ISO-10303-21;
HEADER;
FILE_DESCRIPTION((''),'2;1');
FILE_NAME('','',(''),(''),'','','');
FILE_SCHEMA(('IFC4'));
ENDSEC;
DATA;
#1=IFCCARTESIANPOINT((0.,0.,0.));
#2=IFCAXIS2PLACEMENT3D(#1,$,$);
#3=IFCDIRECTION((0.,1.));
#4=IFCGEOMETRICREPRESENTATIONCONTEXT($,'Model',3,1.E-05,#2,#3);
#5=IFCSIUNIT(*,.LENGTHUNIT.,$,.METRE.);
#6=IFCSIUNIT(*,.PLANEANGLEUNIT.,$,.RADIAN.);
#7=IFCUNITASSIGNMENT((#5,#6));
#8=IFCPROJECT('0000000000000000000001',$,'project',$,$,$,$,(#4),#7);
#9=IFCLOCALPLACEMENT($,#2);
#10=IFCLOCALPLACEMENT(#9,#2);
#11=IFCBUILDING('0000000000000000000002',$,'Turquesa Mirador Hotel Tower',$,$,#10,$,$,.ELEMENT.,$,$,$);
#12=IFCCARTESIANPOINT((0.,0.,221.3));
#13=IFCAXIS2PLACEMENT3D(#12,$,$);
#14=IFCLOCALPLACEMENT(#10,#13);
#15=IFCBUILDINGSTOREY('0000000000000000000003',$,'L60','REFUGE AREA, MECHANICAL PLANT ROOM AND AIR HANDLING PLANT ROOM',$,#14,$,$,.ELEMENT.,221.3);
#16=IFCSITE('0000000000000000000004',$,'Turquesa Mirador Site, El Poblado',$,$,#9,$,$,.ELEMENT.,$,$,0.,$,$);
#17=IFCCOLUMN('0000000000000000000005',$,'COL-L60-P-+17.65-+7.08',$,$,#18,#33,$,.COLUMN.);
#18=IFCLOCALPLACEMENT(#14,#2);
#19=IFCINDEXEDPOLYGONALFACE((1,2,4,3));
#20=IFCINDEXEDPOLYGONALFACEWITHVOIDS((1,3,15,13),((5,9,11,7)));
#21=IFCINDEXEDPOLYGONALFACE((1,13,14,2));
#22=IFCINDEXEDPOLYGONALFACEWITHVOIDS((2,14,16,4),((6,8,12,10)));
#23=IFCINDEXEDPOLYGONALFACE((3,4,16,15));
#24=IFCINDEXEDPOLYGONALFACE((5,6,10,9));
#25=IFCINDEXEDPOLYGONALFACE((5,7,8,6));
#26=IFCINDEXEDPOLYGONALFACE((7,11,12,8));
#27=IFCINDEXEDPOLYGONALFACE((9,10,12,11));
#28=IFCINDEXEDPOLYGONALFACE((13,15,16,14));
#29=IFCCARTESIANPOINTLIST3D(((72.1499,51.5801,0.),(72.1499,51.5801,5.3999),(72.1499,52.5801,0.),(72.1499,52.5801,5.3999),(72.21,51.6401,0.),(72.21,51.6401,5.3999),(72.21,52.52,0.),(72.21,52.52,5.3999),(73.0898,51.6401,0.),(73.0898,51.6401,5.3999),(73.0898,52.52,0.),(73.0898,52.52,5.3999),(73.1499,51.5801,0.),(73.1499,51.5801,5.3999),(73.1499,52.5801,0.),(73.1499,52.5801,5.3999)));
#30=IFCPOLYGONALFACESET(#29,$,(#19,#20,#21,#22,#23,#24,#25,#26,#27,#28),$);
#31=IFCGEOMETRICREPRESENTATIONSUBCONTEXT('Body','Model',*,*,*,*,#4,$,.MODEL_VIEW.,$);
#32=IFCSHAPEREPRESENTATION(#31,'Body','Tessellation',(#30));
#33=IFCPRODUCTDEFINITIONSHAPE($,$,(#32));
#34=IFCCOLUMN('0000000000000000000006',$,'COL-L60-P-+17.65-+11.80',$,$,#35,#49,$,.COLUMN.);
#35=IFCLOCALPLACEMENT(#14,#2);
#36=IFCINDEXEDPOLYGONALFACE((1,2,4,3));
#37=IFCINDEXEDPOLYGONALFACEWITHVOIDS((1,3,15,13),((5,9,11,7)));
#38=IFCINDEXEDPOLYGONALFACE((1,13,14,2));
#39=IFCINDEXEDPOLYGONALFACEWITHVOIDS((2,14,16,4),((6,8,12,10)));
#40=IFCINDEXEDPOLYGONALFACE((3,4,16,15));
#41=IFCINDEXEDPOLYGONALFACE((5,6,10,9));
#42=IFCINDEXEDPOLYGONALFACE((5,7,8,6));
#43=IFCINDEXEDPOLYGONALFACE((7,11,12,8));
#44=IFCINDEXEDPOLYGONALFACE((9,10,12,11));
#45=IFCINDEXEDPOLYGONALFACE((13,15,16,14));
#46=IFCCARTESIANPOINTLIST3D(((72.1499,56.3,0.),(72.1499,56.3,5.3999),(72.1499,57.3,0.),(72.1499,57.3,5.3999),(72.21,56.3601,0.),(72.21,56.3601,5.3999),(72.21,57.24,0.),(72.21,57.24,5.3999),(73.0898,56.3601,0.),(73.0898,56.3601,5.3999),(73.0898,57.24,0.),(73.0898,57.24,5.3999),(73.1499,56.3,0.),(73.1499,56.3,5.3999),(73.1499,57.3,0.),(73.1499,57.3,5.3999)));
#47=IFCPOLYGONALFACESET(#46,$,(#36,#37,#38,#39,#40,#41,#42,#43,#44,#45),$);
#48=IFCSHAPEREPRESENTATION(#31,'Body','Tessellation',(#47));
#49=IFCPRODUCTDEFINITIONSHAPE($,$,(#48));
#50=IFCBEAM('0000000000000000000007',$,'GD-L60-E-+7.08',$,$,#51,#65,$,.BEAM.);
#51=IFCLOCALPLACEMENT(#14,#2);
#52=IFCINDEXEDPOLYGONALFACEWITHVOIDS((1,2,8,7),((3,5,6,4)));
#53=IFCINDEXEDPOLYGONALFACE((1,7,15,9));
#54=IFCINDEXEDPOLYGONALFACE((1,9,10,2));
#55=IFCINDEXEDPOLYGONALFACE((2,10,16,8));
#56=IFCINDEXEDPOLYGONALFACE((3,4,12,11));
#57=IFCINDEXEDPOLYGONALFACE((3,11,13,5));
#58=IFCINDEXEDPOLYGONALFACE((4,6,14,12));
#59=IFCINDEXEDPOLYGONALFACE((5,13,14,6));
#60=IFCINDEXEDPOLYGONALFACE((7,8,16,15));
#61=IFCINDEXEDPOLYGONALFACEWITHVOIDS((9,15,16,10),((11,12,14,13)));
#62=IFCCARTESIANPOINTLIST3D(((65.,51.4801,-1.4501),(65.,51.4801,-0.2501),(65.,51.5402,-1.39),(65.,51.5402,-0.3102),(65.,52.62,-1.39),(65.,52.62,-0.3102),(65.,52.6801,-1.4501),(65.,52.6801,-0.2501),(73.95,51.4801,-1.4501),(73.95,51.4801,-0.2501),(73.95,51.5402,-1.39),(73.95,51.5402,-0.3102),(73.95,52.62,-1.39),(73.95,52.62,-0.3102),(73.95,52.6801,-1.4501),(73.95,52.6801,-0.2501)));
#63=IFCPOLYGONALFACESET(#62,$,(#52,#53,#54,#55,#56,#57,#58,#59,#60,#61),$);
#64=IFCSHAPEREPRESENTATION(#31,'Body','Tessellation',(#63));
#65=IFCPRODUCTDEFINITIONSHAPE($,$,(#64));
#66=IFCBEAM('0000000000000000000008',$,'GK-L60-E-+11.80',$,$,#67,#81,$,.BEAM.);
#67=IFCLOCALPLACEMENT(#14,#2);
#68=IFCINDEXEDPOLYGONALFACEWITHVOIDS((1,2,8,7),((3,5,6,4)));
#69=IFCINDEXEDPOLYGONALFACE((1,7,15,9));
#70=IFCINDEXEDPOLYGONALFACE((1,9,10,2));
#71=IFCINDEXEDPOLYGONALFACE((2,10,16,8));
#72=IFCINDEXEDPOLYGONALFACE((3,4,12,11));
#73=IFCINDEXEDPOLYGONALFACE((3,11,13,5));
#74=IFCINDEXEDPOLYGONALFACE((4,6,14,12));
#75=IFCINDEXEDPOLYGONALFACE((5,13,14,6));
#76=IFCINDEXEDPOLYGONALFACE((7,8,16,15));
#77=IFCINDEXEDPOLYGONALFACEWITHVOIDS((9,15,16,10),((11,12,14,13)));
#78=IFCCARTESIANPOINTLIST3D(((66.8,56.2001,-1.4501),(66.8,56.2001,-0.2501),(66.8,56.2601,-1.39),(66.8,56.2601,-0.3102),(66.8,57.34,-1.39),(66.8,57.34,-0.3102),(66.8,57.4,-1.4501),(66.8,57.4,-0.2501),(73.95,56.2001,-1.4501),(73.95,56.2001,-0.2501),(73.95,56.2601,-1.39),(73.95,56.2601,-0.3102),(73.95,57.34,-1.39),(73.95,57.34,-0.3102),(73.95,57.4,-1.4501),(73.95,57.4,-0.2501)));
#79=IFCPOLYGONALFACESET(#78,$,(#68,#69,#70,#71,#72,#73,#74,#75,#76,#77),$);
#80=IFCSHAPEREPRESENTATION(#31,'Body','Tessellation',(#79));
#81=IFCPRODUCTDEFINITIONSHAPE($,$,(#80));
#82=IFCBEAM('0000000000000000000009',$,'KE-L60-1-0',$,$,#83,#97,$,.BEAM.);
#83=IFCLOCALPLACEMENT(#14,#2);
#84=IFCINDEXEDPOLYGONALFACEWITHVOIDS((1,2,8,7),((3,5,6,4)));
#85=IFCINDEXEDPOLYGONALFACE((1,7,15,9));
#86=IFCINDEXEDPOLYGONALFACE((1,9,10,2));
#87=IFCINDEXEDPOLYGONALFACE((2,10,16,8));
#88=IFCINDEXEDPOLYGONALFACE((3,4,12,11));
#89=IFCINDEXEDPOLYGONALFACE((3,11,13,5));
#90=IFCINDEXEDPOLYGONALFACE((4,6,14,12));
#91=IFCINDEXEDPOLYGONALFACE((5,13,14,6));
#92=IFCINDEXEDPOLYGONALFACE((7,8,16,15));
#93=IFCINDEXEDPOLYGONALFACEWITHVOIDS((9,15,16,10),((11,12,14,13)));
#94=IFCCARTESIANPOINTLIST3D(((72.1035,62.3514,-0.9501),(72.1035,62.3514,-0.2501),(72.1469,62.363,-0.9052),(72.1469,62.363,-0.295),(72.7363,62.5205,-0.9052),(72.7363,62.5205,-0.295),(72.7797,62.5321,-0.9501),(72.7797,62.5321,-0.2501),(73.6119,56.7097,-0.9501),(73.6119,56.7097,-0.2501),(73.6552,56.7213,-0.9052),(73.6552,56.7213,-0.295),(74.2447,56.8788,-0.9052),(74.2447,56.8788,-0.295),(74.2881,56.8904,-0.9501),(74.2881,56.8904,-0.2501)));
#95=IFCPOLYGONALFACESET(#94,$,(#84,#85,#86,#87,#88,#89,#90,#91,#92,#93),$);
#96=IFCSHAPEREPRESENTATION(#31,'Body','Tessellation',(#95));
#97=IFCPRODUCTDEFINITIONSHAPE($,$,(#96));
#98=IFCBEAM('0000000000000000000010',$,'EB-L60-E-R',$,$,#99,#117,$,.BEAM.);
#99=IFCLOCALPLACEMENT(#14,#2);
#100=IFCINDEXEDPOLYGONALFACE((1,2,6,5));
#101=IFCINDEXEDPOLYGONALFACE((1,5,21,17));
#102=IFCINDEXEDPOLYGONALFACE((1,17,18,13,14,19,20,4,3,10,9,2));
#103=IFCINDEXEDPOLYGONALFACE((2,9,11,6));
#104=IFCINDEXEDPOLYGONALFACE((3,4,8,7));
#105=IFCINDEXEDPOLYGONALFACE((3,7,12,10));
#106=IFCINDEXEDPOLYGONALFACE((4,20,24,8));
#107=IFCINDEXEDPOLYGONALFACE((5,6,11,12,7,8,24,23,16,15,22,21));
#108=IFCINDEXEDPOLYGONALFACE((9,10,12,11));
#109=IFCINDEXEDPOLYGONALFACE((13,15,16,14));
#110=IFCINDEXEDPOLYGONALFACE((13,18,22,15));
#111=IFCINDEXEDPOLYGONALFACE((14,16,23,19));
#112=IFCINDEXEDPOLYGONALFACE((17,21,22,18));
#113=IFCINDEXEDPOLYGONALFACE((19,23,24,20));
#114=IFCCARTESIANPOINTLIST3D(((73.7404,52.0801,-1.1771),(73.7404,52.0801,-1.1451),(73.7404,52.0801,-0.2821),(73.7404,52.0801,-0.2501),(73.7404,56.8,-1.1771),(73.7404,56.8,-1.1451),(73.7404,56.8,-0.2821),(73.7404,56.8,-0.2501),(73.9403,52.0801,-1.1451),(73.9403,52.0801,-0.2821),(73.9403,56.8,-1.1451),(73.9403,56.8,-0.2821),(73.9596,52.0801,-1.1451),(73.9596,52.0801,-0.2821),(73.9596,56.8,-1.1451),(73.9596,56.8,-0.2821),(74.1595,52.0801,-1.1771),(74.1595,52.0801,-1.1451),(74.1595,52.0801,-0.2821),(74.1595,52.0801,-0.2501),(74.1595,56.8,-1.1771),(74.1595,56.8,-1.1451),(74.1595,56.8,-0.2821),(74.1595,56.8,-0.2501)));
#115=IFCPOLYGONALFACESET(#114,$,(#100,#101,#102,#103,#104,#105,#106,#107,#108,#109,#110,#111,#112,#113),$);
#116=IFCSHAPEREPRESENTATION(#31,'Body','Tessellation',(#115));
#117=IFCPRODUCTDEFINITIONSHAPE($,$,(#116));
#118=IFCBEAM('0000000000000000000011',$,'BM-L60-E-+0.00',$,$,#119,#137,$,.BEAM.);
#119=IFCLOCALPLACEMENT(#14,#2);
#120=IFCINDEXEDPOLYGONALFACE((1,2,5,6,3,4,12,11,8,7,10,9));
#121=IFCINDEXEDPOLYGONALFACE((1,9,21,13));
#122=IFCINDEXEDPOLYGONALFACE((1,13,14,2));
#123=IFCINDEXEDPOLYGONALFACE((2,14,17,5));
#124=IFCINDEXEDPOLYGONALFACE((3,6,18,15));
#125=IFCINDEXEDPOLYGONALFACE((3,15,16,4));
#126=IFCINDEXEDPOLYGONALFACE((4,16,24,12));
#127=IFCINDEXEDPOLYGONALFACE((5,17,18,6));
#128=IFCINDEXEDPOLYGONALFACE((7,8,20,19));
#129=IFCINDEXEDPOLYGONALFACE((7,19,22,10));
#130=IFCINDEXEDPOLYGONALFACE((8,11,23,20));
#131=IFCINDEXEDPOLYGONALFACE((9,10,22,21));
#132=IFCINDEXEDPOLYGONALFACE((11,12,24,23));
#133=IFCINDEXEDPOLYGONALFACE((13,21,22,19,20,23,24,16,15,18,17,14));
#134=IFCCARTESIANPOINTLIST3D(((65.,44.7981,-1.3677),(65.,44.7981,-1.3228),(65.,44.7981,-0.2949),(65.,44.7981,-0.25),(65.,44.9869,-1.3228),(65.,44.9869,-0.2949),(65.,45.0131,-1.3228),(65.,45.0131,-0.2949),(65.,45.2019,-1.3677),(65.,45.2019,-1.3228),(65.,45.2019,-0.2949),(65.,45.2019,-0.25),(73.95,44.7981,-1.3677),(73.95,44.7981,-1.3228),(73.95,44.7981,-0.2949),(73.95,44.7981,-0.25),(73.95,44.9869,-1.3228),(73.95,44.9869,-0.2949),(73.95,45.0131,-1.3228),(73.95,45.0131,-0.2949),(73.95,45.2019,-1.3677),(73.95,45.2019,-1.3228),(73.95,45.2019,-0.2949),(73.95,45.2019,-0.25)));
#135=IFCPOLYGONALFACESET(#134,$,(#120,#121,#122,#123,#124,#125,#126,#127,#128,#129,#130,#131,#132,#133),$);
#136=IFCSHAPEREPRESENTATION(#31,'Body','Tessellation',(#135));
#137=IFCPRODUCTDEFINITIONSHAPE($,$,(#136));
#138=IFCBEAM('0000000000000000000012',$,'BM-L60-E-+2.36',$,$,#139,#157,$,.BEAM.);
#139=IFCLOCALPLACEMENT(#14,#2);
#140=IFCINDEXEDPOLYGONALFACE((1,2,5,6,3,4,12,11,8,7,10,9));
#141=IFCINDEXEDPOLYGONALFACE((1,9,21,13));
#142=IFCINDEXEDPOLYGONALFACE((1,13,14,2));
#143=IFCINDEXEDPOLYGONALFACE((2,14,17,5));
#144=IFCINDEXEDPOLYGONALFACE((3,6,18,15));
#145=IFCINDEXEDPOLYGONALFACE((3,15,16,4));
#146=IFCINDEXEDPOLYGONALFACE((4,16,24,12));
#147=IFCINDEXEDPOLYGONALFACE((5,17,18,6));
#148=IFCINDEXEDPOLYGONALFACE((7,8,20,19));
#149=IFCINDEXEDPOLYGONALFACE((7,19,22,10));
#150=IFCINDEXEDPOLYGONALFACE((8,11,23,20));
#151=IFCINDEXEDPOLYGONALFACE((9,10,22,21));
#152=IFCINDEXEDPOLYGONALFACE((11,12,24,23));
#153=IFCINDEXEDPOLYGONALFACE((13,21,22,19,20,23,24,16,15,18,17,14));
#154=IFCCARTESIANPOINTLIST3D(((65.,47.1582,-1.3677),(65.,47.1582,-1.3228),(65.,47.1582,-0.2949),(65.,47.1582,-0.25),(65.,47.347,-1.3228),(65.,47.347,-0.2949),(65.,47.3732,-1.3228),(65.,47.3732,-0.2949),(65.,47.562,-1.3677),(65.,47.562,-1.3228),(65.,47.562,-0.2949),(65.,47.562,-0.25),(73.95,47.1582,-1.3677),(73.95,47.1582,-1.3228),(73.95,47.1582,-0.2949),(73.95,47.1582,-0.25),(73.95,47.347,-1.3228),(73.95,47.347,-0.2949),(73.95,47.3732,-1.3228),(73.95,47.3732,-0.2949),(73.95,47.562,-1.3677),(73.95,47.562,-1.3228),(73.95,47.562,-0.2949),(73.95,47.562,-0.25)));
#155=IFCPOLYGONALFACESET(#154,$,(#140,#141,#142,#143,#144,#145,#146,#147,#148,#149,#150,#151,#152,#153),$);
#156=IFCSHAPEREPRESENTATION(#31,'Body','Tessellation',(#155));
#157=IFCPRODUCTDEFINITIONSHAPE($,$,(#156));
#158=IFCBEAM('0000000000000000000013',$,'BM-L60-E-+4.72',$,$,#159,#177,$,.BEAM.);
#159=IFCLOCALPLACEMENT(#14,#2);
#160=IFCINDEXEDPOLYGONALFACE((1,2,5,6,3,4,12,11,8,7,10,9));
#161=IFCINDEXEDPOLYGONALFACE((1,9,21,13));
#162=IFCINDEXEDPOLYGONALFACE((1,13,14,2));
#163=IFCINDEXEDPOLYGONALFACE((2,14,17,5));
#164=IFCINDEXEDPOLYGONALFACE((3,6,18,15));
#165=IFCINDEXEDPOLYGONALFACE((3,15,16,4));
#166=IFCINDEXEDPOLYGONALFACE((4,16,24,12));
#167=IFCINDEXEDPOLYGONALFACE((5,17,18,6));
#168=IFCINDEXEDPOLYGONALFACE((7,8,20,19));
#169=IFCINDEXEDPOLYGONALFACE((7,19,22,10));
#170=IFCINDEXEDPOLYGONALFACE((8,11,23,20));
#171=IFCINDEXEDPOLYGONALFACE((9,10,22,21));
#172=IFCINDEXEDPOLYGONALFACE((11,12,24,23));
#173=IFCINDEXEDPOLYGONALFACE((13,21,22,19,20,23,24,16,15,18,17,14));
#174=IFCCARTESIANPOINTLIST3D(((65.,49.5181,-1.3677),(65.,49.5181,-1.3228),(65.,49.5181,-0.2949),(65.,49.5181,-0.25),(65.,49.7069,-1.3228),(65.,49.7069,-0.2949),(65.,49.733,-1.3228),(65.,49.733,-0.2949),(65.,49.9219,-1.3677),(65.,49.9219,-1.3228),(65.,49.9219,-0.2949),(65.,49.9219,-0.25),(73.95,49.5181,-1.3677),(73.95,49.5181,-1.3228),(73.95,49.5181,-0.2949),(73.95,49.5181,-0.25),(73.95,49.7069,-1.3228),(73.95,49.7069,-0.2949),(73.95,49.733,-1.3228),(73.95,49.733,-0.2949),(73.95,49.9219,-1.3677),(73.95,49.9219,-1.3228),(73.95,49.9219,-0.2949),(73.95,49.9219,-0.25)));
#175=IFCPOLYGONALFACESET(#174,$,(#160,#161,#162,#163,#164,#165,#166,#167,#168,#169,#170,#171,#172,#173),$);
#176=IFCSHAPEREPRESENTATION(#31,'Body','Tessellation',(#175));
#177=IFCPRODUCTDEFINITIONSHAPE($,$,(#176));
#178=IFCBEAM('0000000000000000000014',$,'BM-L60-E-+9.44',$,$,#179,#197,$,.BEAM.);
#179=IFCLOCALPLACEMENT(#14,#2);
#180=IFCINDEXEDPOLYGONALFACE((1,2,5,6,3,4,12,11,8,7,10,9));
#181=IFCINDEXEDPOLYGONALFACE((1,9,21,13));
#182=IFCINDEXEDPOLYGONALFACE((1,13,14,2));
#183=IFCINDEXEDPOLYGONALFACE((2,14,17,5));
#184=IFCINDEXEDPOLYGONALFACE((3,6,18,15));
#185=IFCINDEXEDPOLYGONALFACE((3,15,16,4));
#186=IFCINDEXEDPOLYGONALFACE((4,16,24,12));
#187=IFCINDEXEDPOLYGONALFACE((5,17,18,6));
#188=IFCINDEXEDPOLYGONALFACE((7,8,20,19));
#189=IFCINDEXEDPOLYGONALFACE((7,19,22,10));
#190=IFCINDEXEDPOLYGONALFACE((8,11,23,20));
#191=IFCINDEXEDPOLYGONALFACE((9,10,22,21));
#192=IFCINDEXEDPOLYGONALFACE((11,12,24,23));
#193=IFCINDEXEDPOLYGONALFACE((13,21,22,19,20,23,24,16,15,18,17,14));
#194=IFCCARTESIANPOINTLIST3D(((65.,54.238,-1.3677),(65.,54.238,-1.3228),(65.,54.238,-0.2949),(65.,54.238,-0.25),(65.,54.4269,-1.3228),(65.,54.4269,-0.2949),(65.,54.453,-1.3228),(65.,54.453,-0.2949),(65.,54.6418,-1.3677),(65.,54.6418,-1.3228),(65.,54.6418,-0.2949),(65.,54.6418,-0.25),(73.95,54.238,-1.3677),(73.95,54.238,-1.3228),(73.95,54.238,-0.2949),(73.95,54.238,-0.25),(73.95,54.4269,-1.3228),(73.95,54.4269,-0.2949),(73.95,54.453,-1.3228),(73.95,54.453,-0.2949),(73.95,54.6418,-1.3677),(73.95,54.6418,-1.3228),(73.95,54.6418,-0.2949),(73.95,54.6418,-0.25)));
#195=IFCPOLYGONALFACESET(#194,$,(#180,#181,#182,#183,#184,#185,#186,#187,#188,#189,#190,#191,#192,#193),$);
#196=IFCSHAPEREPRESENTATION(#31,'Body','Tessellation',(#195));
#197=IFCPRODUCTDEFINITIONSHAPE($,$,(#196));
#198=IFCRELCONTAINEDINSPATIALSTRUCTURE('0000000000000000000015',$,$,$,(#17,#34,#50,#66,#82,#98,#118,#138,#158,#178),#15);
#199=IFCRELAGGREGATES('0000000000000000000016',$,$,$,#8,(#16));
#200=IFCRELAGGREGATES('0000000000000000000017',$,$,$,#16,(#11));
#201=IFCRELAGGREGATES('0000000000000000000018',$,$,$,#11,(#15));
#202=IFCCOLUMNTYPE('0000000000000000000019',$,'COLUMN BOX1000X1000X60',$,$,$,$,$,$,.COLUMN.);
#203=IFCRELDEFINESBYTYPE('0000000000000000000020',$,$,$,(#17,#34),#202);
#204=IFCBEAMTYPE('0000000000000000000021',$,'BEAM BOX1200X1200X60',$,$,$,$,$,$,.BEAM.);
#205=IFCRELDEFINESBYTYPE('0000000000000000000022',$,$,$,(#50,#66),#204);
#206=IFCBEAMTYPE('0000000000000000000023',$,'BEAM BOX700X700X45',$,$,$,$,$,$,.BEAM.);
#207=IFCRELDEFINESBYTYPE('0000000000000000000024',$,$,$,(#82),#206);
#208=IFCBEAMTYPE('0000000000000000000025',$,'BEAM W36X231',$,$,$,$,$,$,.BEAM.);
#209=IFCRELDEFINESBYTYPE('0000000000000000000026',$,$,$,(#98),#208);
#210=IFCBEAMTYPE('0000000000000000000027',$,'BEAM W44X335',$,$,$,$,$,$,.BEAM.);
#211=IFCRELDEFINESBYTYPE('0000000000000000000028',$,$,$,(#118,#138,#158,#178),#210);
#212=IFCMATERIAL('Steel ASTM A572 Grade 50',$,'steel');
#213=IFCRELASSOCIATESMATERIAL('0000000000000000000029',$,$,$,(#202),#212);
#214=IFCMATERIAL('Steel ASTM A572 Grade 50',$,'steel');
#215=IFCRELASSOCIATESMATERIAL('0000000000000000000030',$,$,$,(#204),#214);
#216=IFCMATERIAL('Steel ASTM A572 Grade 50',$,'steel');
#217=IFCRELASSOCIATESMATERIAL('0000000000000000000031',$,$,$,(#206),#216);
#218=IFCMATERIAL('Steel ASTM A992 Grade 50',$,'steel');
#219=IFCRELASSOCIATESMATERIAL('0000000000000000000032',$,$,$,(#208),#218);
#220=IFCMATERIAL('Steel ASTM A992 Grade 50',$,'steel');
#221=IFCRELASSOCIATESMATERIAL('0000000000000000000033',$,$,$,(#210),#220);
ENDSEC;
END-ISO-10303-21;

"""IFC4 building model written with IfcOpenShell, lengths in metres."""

from ifc_helpers import new_model, si_unit, direction, frame, origin, origin_2d, place, context, subcontext, project, spatial, hollow_rectangle, i_section, extrude, material, material_profile, profile_set, type_object, element, save


model = new_model("IFC4")

# Units and contexts
model_context = context("Model", 3, precision=1e-05, world=origin(), true_north=direction((0.0, 1.0)))
body_context = subcontext(model_context, "Body", "Model", "MODEL_VIEW")
ifc_project = project(units=[si_unit("LENGTHUNIT", "METRE"), si_unit("PLANEANGLEUNIT", "RADIAN")], contexts=[model_context])

# Site, building, storey
site_placement = place(None, origin())
site = spatial("IfcSite", under=ifc_project, at=site_placement, Name="Turquesa Mirador Site, El Poblado", CompositionType="ELEMENT", RefElevation=0.0)
building_placement = place(site_placement, origin())
building = spatial("IfcBuilding", under=site, at=building_placement, Name="Turquesa Mirador Hotel Tower", CompositionType="ELEMENT")
storey_placement = place(building_placement, frame((0.0, 0.0, 221.3)))
storey = spatial("IfcBuildingStorey", under=building, at=storey_placement, Name="L60", Description="REFUGE AREA, MECHANICAL PLANT ROOM AND AIR HANDLING PLANT ROOM", CompositionType="ELEMENT", Elevation=221.3)

# Columns
ifc_material_1 = material(Name="Steel ASTM A572 Grade 50", Category="steel")
ifc_material_profile_1 = material_profile(ifc_material_1, hollow_rectangle(XDim=1.0, YDim=1.0, WallThickness=0.0601, at=origin_2d()), Name="BOX1000X1000X60")
ifc_profile_set_1 = profile_set([ifc_material_profile_1], Name="Steel ASTM A572 Grade 50")
column_type = type_object("IfcColumnType", Name="COLUMN BOX1000X1000X60", PredefinedType="COLUMN", material=ifc_profile_set_1)
for number, where, z_axis, x_axis, name in (
    (1, (72.6499, 52.0801, 0.0), (0.0, 0.0, 1.0), (1.0, 0.0, 0.0), "COL-L60-P-+17.65-+7.08"),
    (2, (72.6499, 56.8, 0.0), (0.0, 0.0, 1.0), (1.0, 0.0, 0.0), "COL-L60-P-+17.65-+11.80"),
):
    element("IfcColumn", number, at=place(storey_placement, frame(where, z_axis=z_axis, x_axis=x_axis)), inside=storey, type_object=column_type, Name=name, PredefinedType="COLUMN", context=body_context, shape_type="SweptSolid", body=[
        extrude(hollow_rectangle(XDim=1.0, YDim=1.0, WallThickness=0.0601, at=origin_2d()), origin(), (0.0, 0.0, 1.0), 5.3999),
    ])

# Beams
ifc_material_2 = material(Name="Steel ASTM A572 Grade 50", Category="steel")
ifc_material_profile_2 = material_profile(ifc_material_2, hollow_rectangle(XDim=1.2, YDim=1.2, WallThickness=0.0601, at=origin_2d()), Name="BOX1200X1200X60")
ifc_profile_set_2 = profile_set([ifc_material_profile_2], Name="Steel ASTM A572 Grade 50")
beam_type_1 = type_object("IfcBeamType", Name="BEAM BOX1200X1200X60", PredefinedType="BEAM", material=ifc_profile_set_2)
beam_1_placement = place(storey_placement, frame((73.95, 52.0801, -0.8501), z_axis=(-1.0, 0.0, 0.0), x_axis=(0.0, -1.0, 0.0)))
element("IfcBeam", 3, at=beam_1_placement, inside=storey, type_object=beam_type_1, Name="GD-L60-E-+7.08", PredefinedType="BEAM", context=body_context, shape_type="SweptSolid", body=[
    extrude(hollow_rectangle(XDim=1.2, YDim=1.2, WallThickness=0.0601, at=origin_2d()), origin(), (0.0, 0.0, 1.0), 8.95),
])
beam_2_placement = place(storey_placement, frame((73.95, 56.8, -0.8501), z_axis=(-1.0, 0.0, 0.0), x_axis=(0.0, -1.0, 0.0)))
element("IfcBeam", 4, at=beam_2_placement, inside=storey, type_object=beam_type_1, Name="GK-L60-E-+11.80", PredefinedType="BEAM", context=body_context, shape_type="SweptSolid", body=[
    extrude(hollow_rectangle(XDim=1.2, YDim=1.2, WallThickness=0.0601, at=origin_2d()), origin(), (0.0, 0.0, 1.0), 7.1499),
])
ifc_material_3 = material(Name="Steel ASTM A572 Grade 50", Category="steel")
ifc_material_profile_3 = material_profile(ifc_material_3, hollow_rectangle(XDim=0.7, YDim=0.7, WallThickness=0.0449, at=origin_2d()), Name="BOX700X700X45")
ifc_profile_set_3 = profile_set([ifc_material_profile_3], Name="Steel ASTM A572 Grade 50")
beam_type_2 = type_object("IfcBeamType", Name="BEAM BOX700X700X45", PredefinedType="BEAM", material=ifc_profile_set_3)
beam_3_placement = place(storey_placement, frame((73.95, 56.8, -0.6001), z_axis=(-0.258282, 0.96607, 0.0), x_axis=(-0.96607, -0.258282, 0.0)))
element("IfcBeam", 5, at=beam_3_placement, inside=storey, type_object=beam_type_2, Name="KE-L60-1-0", PredefinedType="BEAM", context=body_context, shape_type="SweptSolid", body=[
    extrude(hollow_rectangle(XDim=0.7, YDim=0.7, WallThickness=0.0449, at=origin_2d()), origin(), (0.0, 0.0, 1.0), 5.8398),
])
ifc_material_4 = material(Name="Steel ASTM A992 Grade 50", Category="steel")
ifc_material_profile_4 = material_profile(ifc_material_4, i_section(OverallWidth=0.4192, OverallDepth=0.927, WebThickness=0.0193, FlangeThickness=0.032, at=origin_2d()), Name="W36X231")
ifc_profile_set_4 = profile_set([ifc_material_profile_4], Name="Steel ASTM A992 Grade 50")
beam_type_3 = type_object("IfcBeamType", Name="BEAM W36X231", PredefinedType="BEAM", material=ifc_profile_set_4)
beam_4_placement = place(storey_placement, frame((73.95, 52.0801, -0.7136), z_axis=(0.0, 1.0, 0.0), x_axis=(-1.0, 0.0, 0.0)))
element("IfcBeam", 6, at=beam_4_placement, inside=storey, type_object=beam_type_3, Name="EB-L60-E-R", PredefinedType="BEAM", context=body_context, shape_type="SweptSolid", body=[
    extrude(i_section(OverallWidth=0.4192, OverallDepth=0.927, WebThickness=0.0193, FlangeThickness=0.032, at=origin_2d()), origin(), (0.0, 0.0, 1.0), 4.72),
])
ifc_material_5 = material(Name="Steel ASTM A992 Grade 50", Category="steel")
ifc_material_profile_5 = material_profile(ifc_material_5, i_section(OverallWidth=0.4038, OverallDepth=1.1177, WebThickness=0.0261, FlangeThickness=0.0449, at=origin_2d()), Name="W44X335")
ifc_profile_set_5 = profile_set([ifc_material_profile_5], Name="Steel ASTM A992 Grade 50")
beam_type_4 = type_object("IfcBeamType", Name="BEAM W44X335", PredefinedType="BEAM", material=ifc_profile_set_5)
for number, where, z_axis, x_axis, name in (
    (7, (73.95, 45.0, -0.8088), (-1.0, 0.0, 0.0), (0.0, -1.0, 0.0), "BM-L60-E-+0.00"),
    (8, (73.95, 47.3601, -0.8088), (-1.0, 0.0, 0.0), (0.0, -1.0, 0.0), "BM-L60-E-+2.36"),
    (9, (73.95, 49.72, -0.8088), (-1.0, 0.0, 0.0), (0.0, -1.0, 0.0), "BM-L60-E-+4.72"),
    (10, (73.95, 54.4399, -0.8088), (-1.0, 0.0, 0.0), (0.0, -1.0, 0.0), "BM-L60-E-+9.44"),
):
    element("IfcBeam", number, at=place(storey_placement, frame(where, z_axis=z_axis, x_axis=x_axis)), inside=storey, type_object=beam_type_4, Name=name, PredefinedType="BEAM", context=body_context, shape_type="SweptSolid", body=[
        extrude(i_section(OverallWidth=0.4038, OverallDepth=1.1177, WebThickness=0.0261, FlangeThickness=0.0449, at=origin_2d()), origin(), (0.0, 0.0, 1.0), 8.95),
    ])

save(model, "model.ifc")
